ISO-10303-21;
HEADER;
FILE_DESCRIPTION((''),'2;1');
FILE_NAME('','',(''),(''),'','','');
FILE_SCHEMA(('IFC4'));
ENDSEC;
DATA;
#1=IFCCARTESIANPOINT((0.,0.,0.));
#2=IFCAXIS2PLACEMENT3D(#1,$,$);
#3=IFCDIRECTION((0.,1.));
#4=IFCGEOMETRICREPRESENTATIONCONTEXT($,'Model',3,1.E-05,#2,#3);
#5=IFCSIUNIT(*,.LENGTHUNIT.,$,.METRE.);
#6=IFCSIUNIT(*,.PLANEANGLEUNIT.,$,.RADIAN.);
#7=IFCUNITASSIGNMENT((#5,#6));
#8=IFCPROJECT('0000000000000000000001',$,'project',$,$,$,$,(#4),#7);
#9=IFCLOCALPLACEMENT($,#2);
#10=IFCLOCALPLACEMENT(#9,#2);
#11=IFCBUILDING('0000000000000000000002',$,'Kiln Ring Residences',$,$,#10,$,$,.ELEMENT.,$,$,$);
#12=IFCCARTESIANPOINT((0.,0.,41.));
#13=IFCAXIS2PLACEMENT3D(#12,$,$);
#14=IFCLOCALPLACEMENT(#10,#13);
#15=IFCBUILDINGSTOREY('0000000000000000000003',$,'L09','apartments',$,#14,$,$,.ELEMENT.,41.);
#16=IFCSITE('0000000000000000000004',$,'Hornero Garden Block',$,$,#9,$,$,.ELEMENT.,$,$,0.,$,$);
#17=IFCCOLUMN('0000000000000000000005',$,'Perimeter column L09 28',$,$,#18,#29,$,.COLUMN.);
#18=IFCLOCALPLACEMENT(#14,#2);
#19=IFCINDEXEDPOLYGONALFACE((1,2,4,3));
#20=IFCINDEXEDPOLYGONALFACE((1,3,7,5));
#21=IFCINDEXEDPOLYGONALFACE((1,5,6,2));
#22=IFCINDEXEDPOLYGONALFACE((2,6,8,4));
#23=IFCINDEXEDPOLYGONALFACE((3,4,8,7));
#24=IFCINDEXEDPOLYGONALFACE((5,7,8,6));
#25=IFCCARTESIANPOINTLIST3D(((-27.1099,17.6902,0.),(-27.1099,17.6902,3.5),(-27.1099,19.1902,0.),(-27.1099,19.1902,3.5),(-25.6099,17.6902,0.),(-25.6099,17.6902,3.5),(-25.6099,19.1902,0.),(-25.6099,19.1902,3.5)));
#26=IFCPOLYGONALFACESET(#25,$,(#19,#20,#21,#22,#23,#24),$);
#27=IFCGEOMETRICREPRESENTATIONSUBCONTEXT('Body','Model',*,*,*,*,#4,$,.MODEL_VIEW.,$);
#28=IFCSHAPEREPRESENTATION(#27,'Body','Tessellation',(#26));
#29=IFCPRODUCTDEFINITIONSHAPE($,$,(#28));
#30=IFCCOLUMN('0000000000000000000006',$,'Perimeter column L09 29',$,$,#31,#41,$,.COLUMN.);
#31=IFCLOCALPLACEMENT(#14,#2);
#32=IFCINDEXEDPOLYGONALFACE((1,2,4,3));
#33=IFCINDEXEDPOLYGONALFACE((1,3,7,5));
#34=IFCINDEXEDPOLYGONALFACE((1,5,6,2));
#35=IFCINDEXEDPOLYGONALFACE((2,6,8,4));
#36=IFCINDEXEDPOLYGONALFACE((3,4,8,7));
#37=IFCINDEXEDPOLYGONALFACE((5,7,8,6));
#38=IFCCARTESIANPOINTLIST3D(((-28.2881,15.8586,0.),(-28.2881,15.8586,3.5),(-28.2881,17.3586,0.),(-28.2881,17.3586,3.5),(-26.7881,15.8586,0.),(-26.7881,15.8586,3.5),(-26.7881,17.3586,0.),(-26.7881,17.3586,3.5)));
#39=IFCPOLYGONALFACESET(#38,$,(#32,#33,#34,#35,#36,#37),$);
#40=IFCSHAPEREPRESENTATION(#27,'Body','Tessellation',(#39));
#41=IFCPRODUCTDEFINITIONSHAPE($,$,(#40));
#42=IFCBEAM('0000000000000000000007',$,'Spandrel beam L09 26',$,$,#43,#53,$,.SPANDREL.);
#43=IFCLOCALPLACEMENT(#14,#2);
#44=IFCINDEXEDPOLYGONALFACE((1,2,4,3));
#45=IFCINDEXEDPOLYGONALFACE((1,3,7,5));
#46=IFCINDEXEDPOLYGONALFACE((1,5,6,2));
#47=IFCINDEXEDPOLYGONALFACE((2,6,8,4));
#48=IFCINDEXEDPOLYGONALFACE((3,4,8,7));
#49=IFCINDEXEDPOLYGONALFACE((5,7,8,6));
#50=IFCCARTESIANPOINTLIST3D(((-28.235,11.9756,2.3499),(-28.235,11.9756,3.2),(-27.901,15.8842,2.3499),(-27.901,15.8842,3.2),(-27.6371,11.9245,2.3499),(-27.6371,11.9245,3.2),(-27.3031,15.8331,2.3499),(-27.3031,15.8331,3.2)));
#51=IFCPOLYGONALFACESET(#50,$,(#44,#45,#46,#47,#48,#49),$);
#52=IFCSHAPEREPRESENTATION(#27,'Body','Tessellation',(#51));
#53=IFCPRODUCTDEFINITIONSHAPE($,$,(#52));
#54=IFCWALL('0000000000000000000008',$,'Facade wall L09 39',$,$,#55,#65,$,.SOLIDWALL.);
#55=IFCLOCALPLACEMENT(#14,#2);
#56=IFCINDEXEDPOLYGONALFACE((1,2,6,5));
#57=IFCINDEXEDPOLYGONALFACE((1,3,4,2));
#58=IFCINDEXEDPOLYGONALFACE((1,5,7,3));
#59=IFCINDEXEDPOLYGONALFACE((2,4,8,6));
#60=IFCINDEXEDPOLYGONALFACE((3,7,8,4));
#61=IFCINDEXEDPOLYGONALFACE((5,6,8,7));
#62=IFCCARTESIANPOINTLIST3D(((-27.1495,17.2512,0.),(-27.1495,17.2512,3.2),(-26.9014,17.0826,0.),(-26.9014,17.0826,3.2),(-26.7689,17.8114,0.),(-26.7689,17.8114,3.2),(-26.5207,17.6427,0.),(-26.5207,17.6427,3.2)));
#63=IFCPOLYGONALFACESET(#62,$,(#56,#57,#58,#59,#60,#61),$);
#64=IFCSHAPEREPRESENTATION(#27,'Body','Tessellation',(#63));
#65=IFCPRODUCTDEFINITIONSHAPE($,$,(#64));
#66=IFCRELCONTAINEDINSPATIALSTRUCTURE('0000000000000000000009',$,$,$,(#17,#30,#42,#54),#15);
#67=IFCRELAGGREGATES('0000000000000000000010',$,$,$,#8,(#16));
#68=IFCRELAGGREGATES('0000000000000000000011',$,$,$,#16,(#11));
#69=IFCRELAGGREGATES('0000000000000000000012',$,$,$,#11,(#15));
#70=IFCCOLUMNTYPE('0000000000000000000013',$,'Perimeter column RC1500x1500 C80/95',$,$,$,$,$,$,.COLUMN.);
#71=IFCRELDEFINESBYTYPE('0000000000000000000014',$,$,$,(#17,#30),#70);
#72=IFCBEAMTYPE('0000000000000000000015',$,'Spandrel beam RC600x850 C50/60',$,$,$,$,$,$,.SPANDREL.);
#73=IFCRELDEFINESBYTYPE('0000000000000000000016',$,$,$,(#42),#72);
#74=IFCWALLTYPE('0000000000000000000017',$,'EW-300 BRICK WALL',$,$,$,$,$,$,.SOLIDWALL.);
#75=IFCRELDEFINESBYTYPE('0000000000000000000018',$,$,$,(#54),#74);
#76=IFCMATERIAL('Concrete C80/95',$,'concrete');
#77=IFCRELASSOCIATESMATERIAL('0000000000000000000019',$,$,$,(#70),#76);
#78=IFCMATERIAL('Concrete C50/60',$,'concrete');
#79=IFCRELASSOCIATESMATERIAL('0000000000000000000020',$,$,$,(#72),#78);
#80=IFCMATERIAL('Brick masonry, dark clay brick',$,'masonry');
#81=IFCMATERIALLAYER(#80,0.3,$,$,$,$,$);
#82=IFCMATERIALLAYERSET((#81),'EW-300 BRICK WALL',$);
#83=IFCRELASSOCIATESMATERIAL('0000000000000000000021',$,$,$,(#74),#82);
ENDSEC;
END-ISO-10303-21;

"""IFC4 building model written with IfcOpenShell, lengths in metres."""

from ifc_helpers import new_model, si_unit, direction, frame, frame_2d, origin, origin_2d, place, context, subcontext, project, spatial, rectangle, extrude, material, layer, layer_set, material_profile, profile_set, type_object, element, save


model = new_model("IFC4")

# Units and contexts
model_context = context("Model", 3, precision=1e-05, world=origin(), true_north=direction((0.0, 1.0)))
body_context = subcontext(model_context, "Body", "Model", "MODEL_VIEW")
ifc_project = project(units=[si_unit("LENGTHUNIT", "METRE"), si_unit("PLANEANGLEUNIT", "RADIAN")], contexts=[model_context])

# Site, building, storey
site_placement = place(None, origin())
site = spatial("IfcSite", under=ifc_project, at=site_placement, Name="Hornero Garden Block", CompositionType="ELEMENT", RefElevation=0.0)
building_placement = place(site_placement, origin())
building = spatial("IfcBuilding", under=site, at=building_placement, Name="Kiln Ring Residences", CompositionType="ELEMENT")
storey_placement = place(building_placement, frame((0.0, 0.0, 41.0)))
storey = spatial("IfcBuildingStorey", under=building, at=storey_placement, Name="L09", Description="apartments", CompositionType="ELEMENT", Elevation=41.0)

# Columns
ifc_material_1 = material(Name="Concrete C80/95", Category="concrete")
ifc_material_profile_1 = material_profile(ifc_material_1, rectangle(XDim=1.5, YDim=1.5, at=origin_2d()), Name="RC1500x1500")
ifc_profile_set_1 = profile_set([ifc_material_profile_1], Name="Concrete C80/95")
column_type = type_object("IfcColumnType", Name="Perimeter column RC1500x1500 C80/95", PredefinedType="COLUMN", material=ifc_profile_set_1)
for number, where, z_axis, x_axis, name in (
    (1, (-26.3599, 18.4402, 0.0), (0.0, 0.0, 1.0), (1.0, 0.0, 0.0), "Perimeter column L09 28"),
    (2, (-27.5381, 16.6086, 0.0), (0.0, 0.0, 1.0), (1.0, 0.0, 0.0), "Perimeter column L09 29"),
):
    element("IfcColumn", number, at=place(storey_placement, frame(where, z_axis=z_axis, x_axis=x_axis)), inside=storey, type_object=column_type, Name=name, PredefinedType="COLUMN", context=body_context, shape_type="SweptSolid", body=[
        extrude(rectangle(XDim=1.5, YDim=1.5, at=origin_2d()), origin(), (0.0, 0.0, 1.0), 3.5),
    ])

# Beam
ifc_material_2 = material(Name="Concrete C50/60", Category="concrete")
ifc_material_profile_2 = material_profile(ifc_material_2, rectangle(XDim=0.6001, YDim=0.8501, at=origin_2d()), Name="RC600x850")
ifc_profile_set_2 = profile_set([ifc_material_profile_2], Name="Concrete C50/60")
beam_type = type_object("IfcBeamType", Name="Spandrel beam RC600x850 C50/60", PredefinedType="SPANDREL", material=ifc_profile_set_2)
beam_placement = place(storey_placement, frame((-27.6021, 15.8586, 2.7749), z_axis=(-0.085136, -0.996369, 0.0), x_axis=(0.996369, -0.085136, 0.0)))
element("IfcBeam", 3, at=beam_placement, inside=storey, type_object=beam_type, Name="Spandrel beam L09 26", PredefinedType="SPANDREL", context=body_context, shape_type="SweptSolid", body=[
    extrude(rectangle(XDim=0.6001, YDim=0.8501, at=origin_2d()), origin(), (0.0, 0.0, 1.0), 3.9229),
])

# Wall
ifc_material_3 = material(Name="Brick masonry, dark clay brick", Category="masonry")
ifc_layer_1 = layer(ifc_material_3, 0.3)
ifc_layer_set_1 = layer_set([ifc_layer_1], Name="EW-300 BRICK WALL")
wall_type_1 = type_object("IfcWallType", Name="EW-300 BRICK WALL", PredefinedType="SOLIDWALL", material=ifc_layer_set_1)
wall_1_placement = place(storey_placement, frame((-26.6448, 17.7271, 0.0), z_axis=(0.0, 0.0, 1.0), x_axis=(-0.562083, -0.827081, 0.0)))
element("IfcWall", 4, at=wall_1_placement, inside=storey, type_object=wall_type_1, Name="Facade wall L09 39", PredefinedType="SOLIDWALL", context=body_context, shape_type="SweptSolid", body=[
    extrude(rectangle(XDim=0.6772, YDim=0.3, at=frame_2d((0.3386, 0.0))), origin(), (0.0, 0.0, 1.0), 3.2),
])

save(model, "model.ifc")
